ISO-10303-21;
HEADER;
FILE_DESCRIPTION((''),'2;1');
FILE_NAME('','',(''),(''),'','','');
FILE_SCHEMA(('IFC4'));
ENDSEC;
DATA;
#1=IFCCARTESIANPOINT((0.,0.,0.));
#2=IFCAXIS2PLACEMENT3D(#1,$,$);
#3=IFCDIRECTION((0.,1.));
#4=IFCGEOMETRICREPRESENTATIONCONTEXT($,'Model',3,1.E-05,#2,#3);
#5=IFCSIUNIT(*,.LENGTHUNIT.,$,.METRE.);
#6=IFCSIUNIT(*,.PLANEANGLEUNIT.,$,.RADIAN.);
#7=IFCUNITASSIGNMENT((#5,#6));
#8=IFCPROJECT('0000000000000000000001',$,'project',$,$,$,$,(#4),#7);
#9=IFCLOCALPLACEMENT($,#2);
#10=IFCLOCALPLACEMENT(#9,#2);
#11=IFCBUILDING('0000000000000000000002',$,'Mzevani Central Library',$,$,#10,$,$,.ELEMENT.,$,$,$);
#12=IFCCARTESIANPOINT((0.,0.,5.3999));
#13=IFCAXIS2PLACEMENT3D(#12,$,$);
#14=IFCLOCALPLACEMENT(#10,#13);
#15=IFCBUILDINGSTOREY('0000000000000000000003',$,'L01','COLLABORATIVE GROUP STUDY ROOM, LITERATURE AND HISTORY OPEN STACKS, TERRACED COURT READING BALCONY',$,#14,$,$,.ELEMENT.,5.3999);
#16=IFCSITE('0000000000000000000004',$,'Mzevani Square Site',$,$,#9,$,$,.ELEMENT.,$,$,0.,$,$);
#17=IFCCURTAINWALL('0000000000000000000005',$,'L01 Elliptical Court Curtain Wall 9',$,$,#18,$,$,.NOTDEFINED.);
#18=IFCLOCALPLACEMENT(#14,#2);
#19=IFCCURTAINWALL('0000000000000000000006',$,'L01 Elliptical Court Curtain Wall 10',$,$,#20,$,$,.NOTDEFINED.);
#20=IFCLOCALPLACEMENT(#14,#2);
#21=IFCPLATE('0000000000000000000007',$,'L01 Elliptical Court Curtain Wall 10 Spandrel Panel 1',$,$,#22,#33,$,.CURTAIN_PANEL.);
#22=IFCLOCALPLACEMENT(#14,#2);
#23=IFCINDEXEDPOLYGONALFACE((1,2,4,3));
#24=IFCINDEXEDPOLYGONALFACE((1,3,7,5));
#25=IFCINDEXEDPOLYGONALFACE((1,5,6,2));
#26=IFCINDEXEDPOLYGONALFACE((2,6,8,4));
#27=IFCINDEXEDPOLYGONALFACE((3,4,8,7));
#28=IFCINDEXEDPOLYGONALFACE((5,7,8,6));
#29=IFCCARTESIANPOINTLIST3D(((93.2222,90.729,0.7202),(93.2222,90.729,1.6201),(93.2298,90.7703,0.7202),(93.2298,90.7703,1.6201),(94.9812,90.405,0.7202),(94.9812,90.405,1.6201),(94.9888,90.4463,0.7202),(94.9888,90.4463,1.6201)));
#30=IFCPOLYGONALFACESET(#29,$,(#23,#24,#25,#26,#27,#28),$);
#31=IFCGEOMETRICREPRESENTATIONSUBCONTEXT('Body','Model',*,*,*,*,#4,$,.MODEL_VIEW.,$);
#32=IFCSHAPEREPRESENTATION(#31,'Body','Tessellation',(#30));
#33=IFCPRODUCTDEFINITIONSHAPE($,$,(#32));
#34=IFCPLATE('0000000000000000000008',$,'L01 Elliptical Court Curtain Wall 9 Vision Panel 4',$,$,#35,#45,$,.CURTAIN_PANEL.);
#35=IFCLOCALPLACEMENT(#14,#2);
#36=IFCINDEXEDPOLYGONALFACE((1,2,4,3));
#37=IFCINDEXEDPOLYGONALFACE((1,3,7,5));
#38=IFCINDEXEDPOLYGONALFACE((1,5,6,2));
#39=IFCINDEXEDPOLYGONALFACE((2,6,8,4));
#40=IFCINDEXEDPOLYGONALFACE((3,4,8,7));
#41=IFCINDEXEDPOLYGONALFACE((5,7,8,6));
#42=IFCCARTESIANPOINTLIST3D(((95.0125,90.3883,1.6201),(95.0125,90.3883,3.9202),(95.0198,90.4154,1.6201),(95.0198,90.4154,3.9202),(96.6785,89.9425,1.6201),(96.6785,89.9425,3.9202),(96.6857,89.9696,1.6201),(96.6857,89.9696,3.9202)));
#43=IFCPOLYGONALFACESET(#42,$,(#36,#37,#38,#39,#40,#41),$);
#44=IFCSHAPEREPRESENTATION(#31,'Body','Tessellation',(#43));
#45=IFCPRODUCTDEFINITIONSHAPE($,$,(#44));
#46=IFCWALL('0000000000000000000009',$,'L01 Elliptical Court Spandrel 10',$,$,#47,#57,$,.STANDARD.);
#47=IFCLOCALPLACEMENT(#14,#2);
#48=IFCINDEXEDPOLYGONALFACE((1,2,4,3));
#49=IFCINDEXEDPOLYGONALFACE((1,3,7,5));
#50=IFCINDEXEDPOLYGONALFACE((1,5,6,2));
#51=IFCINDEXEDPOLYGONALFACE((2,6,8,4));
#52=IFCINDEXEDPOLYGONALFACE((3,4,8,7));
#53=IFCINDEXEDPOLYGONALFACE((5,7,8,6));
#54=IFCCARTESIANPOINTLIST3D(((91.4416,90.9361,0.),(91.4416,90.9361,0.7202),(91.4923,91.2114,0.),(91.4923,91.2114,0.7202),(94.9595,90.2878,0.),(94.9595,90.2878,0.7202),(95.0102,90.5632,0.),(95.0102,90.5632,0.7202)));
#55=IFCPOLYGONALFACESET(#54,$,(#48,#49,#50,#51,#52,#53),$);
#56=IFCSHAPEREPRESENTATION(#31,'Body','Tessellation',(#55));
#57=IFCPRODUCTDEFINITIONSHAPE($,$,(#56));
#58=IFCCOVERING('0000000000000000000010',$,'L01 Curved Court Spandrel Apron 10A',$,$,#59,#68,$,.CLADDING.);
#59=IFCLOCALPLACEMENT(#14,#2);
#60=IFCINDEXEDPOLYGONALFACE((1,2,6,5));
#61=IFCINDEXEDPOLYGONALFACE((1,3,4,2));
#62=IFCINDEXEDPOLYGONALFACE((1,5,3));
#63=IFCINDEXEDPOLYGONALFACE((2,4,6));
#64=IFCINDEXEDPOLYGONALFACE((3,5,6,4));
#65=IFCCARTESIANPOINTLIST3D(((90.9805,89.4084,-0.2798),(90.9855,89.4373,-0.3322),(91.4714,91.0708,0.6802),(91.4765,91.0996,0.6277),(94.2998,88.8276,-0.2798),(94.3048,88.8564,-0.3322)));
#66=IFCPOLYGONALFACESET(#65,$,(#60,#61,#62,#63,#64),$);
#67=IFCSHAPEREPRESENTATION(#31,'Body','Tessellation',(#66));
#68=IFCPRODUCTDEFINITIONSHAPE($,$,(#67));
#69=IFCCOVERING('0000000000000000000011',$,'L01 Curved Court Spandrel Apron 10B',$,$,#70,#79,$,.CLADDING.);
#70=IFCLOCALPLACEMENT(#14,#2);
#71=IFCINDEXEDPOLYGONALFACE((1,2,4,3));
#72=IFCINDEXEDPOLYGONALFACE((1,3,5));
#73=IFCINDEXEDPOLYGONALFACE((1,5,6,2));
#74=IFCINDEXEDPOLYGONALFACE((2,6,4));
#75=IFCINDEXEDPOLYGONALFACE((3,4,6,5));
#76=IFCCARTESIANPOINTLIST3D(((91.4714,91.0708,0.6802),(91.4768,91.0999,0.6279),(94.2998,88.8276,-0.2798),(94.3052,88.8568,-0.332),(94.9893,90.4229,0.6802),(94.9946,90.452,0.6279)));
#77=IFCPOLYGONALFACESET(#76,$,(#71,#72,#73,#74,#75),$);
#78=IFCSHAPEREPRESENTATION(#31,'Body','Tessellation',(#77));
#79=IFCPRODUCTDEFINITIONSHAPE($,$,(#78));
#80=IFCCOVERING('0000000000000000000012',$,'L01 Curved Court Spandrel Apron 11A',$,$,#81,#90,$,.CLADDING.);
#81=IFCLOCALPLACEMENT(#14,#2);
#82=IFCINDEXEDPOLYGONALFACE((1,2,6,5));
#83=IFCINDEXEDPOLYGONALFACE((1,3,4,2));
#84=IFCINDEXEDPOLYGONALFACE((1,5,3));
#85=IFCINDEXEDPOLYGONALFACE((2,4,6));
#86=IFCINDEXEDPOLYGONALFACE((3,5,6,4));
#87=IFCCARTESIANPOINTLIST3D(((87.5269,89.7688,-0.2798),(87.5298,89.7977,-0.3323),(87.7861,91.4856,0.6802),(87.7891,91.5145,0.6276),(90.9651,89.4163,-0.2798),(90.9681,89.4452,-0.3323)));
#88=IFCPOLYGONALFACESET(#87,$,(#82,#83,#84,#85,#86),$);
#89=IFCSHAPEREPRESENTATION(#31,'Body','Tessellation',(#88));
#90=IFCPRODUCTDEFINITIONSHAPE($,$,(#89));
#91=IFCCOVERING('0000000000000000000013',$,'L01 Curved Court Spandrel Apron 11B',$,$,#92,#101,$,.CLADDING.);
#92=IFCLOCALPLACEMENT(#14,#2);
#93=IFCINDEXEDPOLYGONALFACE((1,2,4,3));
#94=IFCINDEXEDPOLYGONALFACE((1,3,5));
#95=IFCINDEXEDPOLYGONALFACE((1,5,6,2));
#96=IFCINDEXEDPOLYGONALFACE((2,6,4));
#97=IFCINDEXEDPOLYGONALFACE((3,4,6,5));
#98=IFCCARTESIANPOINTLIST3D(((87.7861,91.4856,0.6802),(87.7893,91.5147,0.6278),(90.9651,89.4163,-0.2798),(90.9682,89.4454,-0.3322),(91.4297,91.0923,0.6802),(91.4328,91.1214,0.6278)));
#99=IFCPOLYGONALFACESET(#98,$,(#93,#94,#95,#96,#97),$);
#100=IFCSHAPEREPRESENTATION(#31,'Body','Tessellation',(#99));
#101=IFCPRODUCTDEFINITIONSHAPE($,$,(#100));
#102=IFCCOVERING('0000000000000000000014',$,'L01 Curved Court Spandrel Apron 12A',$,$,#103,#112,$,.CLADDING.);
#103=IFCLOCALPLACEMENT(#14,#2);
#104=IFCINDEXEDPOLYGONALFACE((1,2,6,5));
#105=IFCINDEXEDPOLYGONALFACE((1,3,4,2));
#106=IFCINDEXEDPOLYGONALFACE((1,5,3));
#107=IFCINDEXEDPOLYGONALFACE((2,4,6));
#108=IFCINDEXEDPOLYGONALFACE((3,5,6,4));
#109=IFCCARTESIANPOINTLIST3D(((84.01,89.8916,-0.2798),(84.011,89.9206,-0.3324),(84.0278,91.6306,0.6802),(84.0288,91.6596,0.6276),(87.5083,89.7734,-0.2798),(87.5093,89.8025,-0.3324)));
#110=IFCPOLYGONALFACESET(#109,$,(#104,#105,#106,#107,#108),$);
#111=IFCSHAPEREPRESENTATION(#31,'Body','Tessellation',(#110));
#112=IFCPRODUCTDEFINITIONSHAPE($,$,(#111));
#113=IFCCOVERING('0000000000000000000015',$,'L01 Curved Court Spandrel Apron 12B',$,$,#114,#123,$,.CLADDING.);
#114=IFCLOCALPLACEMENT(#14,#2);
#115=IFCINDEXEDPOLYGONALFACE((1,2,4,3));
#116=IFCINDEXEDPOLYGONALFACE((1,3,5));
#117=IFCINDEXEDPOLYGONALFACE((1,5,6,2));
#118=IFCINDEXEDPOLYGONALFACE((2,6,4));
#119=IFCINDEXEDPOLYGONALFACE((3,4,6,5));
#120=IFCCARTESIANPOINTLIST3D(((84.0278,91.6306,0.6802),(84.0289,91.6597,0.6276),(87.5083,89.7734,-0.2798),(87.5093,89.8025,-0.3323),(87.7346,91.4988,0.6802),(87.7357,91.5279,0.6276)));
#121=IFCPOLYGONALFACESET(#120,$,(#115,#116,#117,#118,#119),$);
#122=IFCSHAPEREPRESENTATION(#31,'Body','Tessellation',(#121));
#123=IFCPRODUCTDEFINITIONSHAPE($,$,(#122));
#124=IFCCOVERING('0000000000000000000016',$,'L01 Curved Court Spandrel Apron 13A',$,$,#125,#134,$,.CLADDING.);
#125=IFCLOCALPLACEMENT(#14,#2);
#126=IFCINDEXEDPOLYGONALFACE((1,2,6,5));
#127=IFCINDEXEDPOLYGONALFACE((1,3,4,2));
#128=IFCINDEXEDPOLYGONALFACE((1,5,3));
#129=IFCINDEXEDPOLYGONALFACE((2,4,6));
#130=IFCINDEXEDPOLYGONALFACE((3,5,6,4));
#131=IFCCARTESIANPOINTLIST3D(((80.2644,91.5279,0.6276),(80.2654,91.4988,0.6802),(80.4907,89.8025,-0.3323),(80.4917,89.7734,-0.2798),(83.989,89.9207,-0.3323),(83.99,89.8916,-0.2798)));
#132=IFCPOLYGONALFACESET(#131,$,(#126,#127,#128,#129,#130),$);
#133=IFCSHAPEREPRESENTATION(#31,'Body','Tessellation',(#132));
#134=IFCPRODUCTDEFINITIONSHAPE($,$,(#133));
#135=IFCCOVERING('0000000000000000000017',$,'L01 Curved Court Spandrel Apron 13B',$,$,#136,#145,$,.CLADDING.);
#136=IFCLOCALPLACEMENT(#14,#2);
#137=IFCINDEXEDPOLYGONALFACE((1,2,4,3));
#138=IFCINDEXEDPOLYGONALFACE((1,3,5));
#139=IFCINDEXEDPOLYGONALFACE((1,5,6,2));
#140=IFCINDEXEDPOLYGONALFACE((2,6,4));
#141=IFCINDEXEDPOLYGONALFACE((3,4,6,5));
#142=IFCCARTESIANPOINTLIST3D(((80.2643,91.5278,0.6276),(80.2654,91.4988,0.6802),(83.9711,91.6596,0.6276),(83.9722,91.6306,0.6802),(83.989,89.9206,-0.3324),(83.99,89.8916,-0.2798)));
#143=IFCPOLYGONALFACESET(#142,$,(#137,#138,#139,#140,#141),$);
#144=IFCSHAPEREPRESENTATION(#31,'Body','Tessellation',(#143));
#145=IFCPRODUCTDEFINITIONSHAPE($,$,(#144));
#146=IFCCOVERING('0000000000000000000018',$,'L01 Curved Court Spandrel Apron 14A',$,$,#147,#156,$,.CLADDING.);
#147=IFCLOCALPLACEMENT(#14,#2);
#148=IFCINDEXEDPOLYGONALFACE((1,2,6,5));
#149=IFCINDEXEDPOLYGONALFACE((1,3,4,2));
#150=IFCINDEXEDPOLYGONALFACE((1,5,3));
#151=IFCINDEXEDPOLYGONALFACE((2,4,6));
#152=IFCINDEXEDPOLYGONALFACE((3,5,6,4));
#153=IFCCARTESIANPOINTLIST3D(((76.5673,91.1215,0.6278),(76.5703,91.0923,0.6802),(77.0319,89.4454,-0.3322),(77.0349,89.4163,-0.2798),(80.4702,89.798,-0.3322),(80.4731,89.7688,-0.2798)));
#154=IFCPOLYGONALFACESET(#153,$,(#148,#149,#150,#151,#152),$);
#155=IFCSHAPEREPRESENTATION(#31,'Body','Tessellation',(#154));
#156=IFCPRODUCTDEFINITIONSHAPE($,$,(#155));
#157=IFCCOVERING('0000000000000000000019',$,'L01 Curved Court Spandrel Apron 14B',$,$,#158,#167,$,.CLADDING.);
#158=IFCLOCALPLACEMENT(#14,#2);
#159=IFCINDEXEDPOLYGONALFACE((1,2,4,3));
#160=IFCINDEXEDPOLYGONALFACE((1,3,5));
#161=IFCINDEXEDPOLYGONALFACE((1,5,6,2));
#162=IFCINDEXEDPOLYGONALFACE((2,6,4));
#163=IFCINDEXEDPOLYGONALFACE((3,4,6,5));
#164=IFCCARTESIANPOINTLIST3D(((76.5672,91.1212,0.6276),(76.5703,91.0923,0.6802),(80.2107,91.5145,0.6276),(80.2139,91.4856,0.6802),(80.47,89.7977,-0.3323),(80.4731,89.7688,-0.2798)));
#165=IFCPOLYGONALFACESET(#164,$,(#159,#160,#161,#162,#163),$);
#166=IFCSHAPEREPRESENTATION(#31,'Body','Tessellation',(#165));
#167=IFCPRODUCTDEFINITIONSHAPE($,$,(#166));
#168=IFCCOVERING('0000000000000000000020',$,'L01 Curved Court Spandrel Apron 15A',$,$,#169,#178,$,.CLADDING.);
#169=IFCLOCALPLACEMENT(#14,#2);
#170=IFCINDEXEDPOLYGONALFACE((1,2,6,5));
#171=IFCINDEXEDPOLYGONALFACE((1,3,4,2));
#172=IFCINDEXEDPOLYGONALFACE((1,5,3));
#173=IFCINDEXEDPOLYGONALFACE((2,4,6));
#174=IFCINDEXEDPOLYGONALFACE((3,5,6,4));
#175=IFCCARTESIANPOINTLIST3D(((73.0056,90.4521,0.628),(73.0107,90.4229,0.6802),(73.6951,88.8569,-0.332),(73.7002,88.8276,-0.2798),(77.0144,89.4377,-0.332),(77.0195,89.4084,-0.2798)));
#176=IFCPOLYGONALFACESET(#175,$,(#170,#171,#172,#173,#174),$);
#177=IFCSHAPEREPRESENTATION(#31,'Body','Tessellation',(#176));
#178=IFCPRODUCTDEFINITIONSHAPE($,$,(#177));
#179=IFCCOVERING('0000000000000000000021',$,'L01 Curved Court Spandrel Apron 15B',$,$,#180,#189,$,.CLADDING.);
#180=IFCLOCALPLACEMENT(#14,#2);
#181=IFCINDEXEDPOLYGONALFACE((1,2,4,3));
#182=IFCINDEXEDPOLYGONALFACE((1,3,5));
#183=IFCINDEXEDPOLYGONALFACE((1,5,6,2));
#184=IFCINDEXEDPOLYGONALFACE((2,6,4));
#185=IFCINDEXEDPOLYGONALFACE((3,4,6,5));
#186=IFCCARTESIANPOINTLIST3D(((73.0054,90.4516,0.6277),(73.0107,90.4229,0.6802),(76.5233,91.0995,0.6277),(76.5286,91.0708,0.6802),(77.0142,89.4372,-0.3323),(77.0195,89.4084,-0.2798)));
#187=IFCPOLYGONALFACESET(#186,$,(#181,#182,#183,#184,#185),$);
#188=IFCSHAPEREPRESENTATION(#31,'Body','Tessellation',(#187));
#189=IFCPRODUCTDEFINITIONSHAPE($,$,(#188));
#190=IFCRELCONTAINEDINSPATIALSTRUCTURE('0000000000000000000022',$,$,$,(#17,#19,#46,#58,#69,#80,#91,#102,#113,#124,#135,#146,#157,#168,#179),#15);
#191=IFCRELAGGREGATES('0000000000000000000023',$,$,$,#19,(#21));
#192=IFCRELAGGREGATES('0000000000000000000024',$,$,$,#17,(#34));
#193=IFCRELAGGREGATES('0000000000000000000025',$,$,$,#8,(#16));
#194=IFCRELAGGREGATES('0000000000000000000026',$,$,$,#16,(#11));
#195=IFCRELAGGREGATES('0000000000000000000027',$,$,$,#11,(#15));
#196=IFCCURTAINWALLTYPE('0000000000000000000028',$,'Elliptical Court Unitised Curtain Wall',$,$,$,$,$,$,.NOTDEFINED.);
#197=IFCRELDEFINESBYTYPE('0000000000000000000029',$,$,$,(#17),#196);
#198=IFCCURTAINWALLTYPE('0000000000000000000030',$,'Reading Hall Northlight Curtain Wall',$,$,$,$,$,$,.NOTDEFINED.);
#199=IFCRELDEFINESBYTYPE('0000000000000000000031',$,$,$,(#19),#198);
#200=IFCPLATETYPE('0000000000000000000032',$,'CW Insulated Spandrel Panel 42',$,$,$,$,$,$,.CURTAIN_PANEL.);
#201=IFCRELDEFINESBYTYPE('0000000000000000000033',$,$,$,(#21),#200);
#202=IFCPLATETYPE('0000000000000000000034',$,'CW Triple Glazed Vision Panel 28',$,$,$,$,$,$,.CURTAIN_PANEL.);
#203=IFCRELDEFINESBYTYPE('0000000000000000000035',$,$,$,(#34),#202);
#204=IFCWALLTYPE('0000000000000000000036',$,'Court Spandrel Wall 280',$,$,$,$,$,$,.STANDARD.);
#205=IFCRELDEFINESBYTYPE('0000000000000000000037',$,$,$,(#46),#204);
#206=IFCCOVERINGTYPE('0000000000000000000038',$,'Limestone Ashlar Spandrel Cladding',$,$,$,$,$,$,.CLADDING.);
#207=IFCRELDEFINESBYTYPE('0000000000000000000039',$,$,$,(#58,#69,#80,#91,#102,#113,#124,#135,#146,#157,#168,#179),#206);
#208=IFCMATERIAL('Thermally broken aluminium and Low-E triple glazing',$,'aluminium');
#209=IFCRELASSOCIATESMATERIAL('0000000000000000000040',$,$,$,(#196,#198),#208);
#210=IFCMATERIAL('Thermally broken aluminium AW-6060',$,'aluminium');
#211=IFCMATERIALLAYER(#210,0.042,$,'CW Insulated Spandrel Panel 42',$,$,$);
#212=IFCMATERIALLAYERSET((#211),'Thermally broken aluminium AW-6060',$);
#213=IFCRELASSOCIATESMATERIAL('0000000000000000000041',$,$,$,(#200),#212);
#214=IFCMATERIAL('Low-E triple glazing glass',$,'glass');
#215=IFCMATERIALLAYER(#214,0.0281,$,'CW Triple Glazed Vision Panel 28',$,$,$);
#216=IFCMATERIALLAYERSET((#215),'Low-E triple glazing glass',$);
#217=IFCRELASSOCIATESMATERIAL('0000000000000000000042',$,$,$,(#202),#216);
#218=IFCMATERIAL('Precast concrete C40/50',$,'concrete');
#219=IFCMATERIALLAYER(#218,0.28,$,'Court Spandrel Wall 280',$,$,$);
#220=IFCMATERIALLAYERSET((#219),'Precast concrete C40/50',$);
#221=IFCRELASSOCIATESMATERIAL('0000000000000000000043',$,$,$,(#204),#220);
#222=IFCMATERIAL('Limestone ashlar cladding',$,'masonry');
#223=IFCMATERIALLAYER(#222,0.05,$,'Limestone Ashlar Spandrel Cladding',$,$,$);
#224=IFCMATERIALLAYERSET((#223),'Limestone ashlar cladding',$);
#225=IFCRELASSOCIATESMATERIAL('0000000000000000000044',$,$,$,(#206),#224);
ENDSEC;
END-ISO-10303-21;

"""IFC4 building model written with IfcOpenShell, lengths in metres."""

from ifc_helpers import new_model, si_unit, direction, frame, frame_2d, origin, origin_2d, place, context, subcontext, project, spatial, polyline, rectangle, outline, extrude, material, layer, layer_set, type_object, element, aggregate, save


model = new_model("IFC4")

# Units and contexts
model_context = context("Model", 3, precision=1e-05, world=origin(), true_north=direction((0.0, 1.0)))
body_context = subcontext(model_context, "Body", "Model", "MODEL_VIEW")
ifc_project = project(units=[si_unit("LENGTHUNIT", "METRE"), si_unit("PLANEANGLEUNIT", "RADIAN")], contexts=[model_context])

# Site, building, storey
site_placement = place(None, origin())
site = spatial("IfcSite", under=ifc_project, at=site_placement, Name="Mzevani Square Site", CompositionType="ELEMENT", RefElevation=0.0)
building_placement = place(site_placement, origin())
building = spatial("IfcBuilding", under=site, at=building_placement, Name="Mzevani Central Library", CompositionType="ELEMENT")
storey_placement = place(building_placement, frame((0.0, 0.0, 5.3999)))
storey = spatial("IfcBuildingStorey", under=building, at=storey_placement, Name="L01", Description="COLLABORATIVE GROUP STUDY ROOM, LITERATURE AND HISTORY OPEN STACKS, TERRACED COURT READING BALCONY", CompositionType="ELEMENT", Elevation=5.3999)

# Curtain wall
ifc_material_1 = material(Name="Thermally broken aluminium and Low-E triple glazing", Category="aluminium")
curtain_wall_type_1 = type_object("IfcCurtainWallType", Name="Elliptical Court Unitised Curtain Wall", PredefinedType="NOTDEFINED", material=ifc_material_1)
curtain_wall_1_placement = place(storey_placement, origin())
curtain_wall_1 = element("IfcCurtainWall", 1, at=curtain_wall_1_placement, inside=storey, type_object=curtain_wall_type_1, Name="L01 Elliptical Court Curtain Wall 9", PredefinedType="NOTDEFINED")
ifc_material_2 = material(Name="Thermally broken aluminium AW-6060", Category="aluminium")

# Curtain wall
curtain_wall_type_2 = type_object("IfcCurtainWallType", Name="Reading Hall Northlight Curtain Wall", PredefinedType="NOTDEFINED", material=ifc_material_1)
curtain_wall_2_placement = place(storey_placement, origin())
curtain_wall_2 = element("IfcCurtainWall", 2, at=curtain_wall_2_placement, inside=storey, type_object=curtain_wall_type_2, Name="L01 Elliptical Court Curtain Wall 10", PredefinedType="NOTDEFINED")

# Plates
ifc_layer_1 = layer(ifc_material_2, 0.042, Name="CW Insulated Spandrel Panel 42")
ifc_layer_set_1 = layer_set([ifc_layer_1], Name="Thermally broken aluminium AW-6060")
plate_type_1 = type_object("IfcPlateType", Name="CW Insulated Spandrel Panel 42", PredefinedType="CURTAIN_PANEL", material=ifc_layer_set_1)
plate_1_placement = place(storey_placement, frame((94.1055, 90.5876, 0.7202), z_axis=(0.0, 0.0, 1.0), x_axis=(-0.983449, 0.181185, 0.0)))
plate_1 = element("IfcPlate", 3, at=plate_1_placement, type_object=plate_type_1, Name="L01 Elliptical Court Curtain Wall 10 Spandrel Panel 1", PredefinedType="CURTAIN_PANEL", context=body_context, shape_type="SweptSolid", body=[
    extrude(rectangle(XDim=1.7886, YDim=0.042, at=origin_2d()), origin(), (0.0, 0.0, 1.0), 0.8999),
])
aggregate(curtain_wall_2, [plate_1])
ifc_material_3 = material(Name="Low-E triple glazing glass", Category="glass")
ifc_layer_2 = layer(ifc_material_3, 0.0281, Name="CW Triple Glazed Vision Panel 28")
ifc_layer_set_2 = layer_set([ifc_layer_2], Name="Low-E triple glazing glass")
plate_type_2 = type_object("IfcPlateType", Name="CW Triple Glazed Vision Panel 28", PredefinedType="CURTAIN_PANEL", material=ifc_layer_set_2)
plate_2_placement = place(storey_placement, frame((95.8491, 90.179, 1.6201), z_axis=(0.0, 0.0, 1.0), x_axis=(-0.966009, 0.258507, 0.0)))
plate_2 = element("IfcPlate", 4, at=plate_2_placement, type_object=plate_type_2, Name="L01 Elliptical Court Curtain Wall 9 Vision Panel 4", PredefinedType="CURTAIN_PANEL", context=body_context, shape_type="SweptSolid", body=[
    extrude(rectangle(XDim=1.7246, YDim=0.0281, at=origin_2d()), origin(), (0.0, 0.0, 1.0), 2.3),
])
aggregate(curtain_wall_1, [plate_2])

# Wall
ifc_material_4 = material(Name="Precast concrete C40/50", Category="concrete")
ifc_layer_3 = layer(ifc_material_4, 0.28, Name="Court Spandrel Wall 280")
ifc_layer_set_3 = layer_set([ifc_layer_3], Name="Precast concrete C40/50")
wall_type = type_object("IfcWallType", Name="Court Spandrel Wall 280", PredefinedType="STANDARD", material=ifc_layer_set_3)
wall_placement = place(storey_placement, frame((94.9849, 90.4255, 0.0), z_axis=(0.0, 0.0, 1.0), x_axis=(-0.983445, 0.181209, 0.0)))
element("IfcWall", 5, at=wall_placement, inside=storey, type_object=wall_type, Name="L01 Elliptical Court Spandrel 10", PredefinedType="STANDARD", context=body_context, shape_type="SweptSolid", body=[
    extrude(rectangle(XDim=3.5771, YDim=0.28, at=frame_2d((1.7886, 0.0))), origin(), (0.0, 0.0, 1.0), 0.7202),
])

# Coverings
ifc_material_5 = material(Name="Limestone ashlar cladding", Category="masonry")
ifc_layer_4 = layer(ifc_material_5, 0.05, Name="Limestone Ashlar Spandrel Cladding")
ifc_layer_set_4 = layer_set([ifc_layer_4], Name="Limestone ashlar cladding")
covering_type = type_object("IfcCoveringType", Name="Limestone Ashlar Spandrel Cladding", PredefinedType="CLADDING", material=ifc_layer_set_4)
covering_1_placement = place(storey_placement, frame((94.2998, 88.8276, -0.2798), z_axis=(-0.083921, -0.479611, 0.873459), x_axis=(-0.985034, 0.172359, 0.0)))
element("IfcCovering", 6, at=covering_1_placement, inside=storey, type_object=covering_type, Name="L01 Curved Court Spandrel Apron 10A", PredefinedType="CLADDING", context=body_context, shape_type="SweptSolid", body=[
    extrude(outline(polyline([(0.0, 0.0), (3.3698, 0.0), (3.1727, -1.9716), (0.0, 0.0)])), origin(), (0.0, 0.0, -1.0), 0.0601),
])
covering_2_placement = place(storey_placement, frame((94.2998, 88.8276, -0.2798), z_axis=(-0.089319, -0.484929, 0.86998), x_axis=(-0.757186, 0.60052, 0.256992)))
element("IfcCovering", 7, at=covering_2_placement, inside=storey, type_object=covering_type, Name="L01 Curved Court Spandrel Apron 10B", PredefinedType="CLADDING", context=body_context, shape_type="SweptSolid", body=[
    extrude(outline(polyline([(0.0, 0.0), (3.7354, 0.0), (0.6826, -1.8643), (0.0, 0.0)])), origin(), (0.0, 0.0, -1.0), 0.0601),
])
covering_3_placement = place(storey_placement, frame((90.9651, 89.4163, -0.2798), z_axis=(-0.049397, -0.481755, 0.874913), x_axis=(-0.994784, 0.102, 0.0)))
element("IfcCovering", 8, at=covering_3_placement, inside=storey, type_object=covering_type, Name="L01 Curved Court Spandrel Apron 11A", PredefinedType="CLADDING", context=body_context, shape_type="SweptSolid", body=[
    extrude(outline(polyline([(0.0, 0.0), (3.4563, 0.0), (3.3734, -1.9822), (0.0, 0.0)])), origin(), (0.0, 0.0, -1.0), 0.0601),
])
covering_4_placement = place(storey_placement, frame((90.9651, 89.4163, -0.2798), z_axis=(-0.052392, -0.485352, 0.872748), x_axis=(-0.812465, 0.528873, 0.245343)))
element("IfcCovering", 9, at=covering_4_placement, inside=storey, type_object=covering_type, Name="L01 Curved Court Spandrel Apron 11B", PredefinedType="CLADDING", context=body_context, shape_type="SweptSolid", body=[
    extrude(outline(polyline([(0.0, 0.0), (3.9127, 0.0), (0.7445, -1.8418), (0.0, 0.0)])), origin(), (0.0, 0.0, -1.0), 0.0601),
])
covering_5_placement = place(storey_placement, frame((87.5083, 89.7734, -0.2798), z_axis=(-0.016317, -0.48308, 0.875424), x_axis=(-0.99943, 0.033758, 0.0)))
element("IfcCovering", 10, at=covering_5_placement, inside=storey, type_object=covering_type, Name="L01 Curved Court Spandrel Apron 12A", PredefinedType="CLADDING", context=body_context, shape_type="SweptSolid", body=[
    extrude(outline(polyline([(0.0, 0.0), (3.5003, 0.0), (3.5412, -1.986), (0.0, 0.0)])), origin(), (0.0, 0.0, -1.0), 0.0601),
])
covering_6_placement = place(storey_placement, frame((87.5083, 89.7734, -0.2798), z_axis=(-0.017228, -0.4844, 0.874677), x_axis=(-0.85724, 0.457423, 0.236439)))
element("IfcCovering", 11, at=covering_6_placement, inside=storey, type_object=covering_type, Name="L01 Curved Court Spandrel Apron 12B", PredefinedType="CLADDING", context=body_context, shape_type="SweptSolid", body=[
    extrude(outline(polyline([(0.0, 0.0), (4.0601, 0.0), (0.8222, -1.8093), (0.0, 0.0)])), origin(), (0.0, 0.0, -1.0), 0.0601),
])
covering_7_placement = place(storey_placement, frame((83.99, 89.8916, -0.2798), z_axis=(0.016365, -0.484494, 0.874641), x_axis=(-0.99943, -0.033758, 0.0)))
element("IfcCovering", 12, at=covering_7_placement, inside=storey, type_object=covering_type, Name="L01 Curved Court Spandrel Apron 13A", PredefinedType="CLADDING", context=body_context, shape_type="SweptSolid", body=[
    extrude(outline(polyline([(0.0, 0.0), (3.5003, 0.0), (3.6682, -1.9802), (0.0, 0.0)])), origin(), (0.0, 0.0, -1.0), 0.0601),
])
covering_8_placement = place(storey_placement, frame((83.99, 89.8916, -0.2798), z_axis=(0.017181, -0.483066, 0.875415), x_axis=(-0.893491, 0.385543, 0.230284)))
element("IfcCovering", 13, at=covering_8_placement, inside=storey, type_object=covering_type, Name="L01 Curved Court Spandrel Apron 13B", PredefinedType="CLADDING", context=body_context, shape_type="SweptSolid", body=[
    extrude(outline(polyline([(0.0, 0.0), (4.1686, 0.0), (0.9075, -1.7671), (0.0, 0.0)])), origin(), (0.0, 0.0, -1.0), 0.0601),
])
covering_9_placement = place(storey_placement, frame((80.4731, 89.7688, -0.2798), z_axis=(0.049828, -0.485956, 0.872562), x_axis=(-0.994784, -0.102, 0.0)))
element("IfcCovering", 14, at=covering_9_placement, inside=storey, type_object=covering_type, Name="L01 Curved Court Spandrel Apron 14A", PredefinedType="CLADDING", context=body_context, shape_type="SweptSolid", body=[
    extrude(outline(polyline([(0.0, 0.0), (3.4563, 0.0), (3.7475, -1.9651), (0.0, 0.0)])), origin(), (0.0, 0.0, -1.0), 0.0601),
])
covering_10_placement = place(storey_placement, frame((80.4731, 89.7688, -0.2798), z_axis=(0.051965, -0.481394, 0.874962), x_axis=(-0.922337, 0.312773, 0.226863)))
element("IfcCovering", 15, at=covering_10_placement, inside=storey, type_object=covering_type, Name="L01 Curved Court Spandrel Apron 14B", PredefinedType="CLADDING", context=body_context, shape_type="SweptSolid", body=[
    extrude(outline(polyline([(0.0, 0.0), (4.2315, 0.0), (0.9939, -1.7171), (0.0, 0.0)])), origin(), (0.0, 0.0, -1.0), 0.0601),
])
covering_11_placement = place(storey_placement, frame((77.0195, 89.4084, -0.2798), z_axis=(0.085123, -0.486476, 0.869537), x_axis=(-0.985034, -0.172359, 0.0)))
element("IfcCovering", 16, at=covering_11_placement, inside=storey, type_object=covering_type, Name="L01 Curved Court Spandrel Apron 15A", PredefinedType="CLADDING", context=body_context, shape_type="SweptSolid", body=[
    extrude(outline(polyline([(0.0, 0.0), (3.3698, 0.0), (3.774, -1.9438), (0.0, 0.0)])), origin(), (0.0, 0.0, -1.0), 0.0601),
])
covering_12_placement = place(storey_placement, frame((77.0195, 89.4084, -0.2798), z_axis=(0.088132, -0.478485, 0.873662), x_axis=(-0.944332, 0.238958, 0.226134)))
element("IfcCovering", 17, at=covering_12_placement, inside=storey, type_object=covering_type, Name="L01 Curved Court Spandrel Apron 15B", PredefinedType="CLADDING", context=body_context, shape_type="SweptSolid", body=[
    extrude(outline(polyline([(0.0, 0.0), (4.2451, 0.0), (1.0779, -1.6625), (0.0, 0.0)])), origin(), (0.0, 0.0, -1.0), 0.0601),
])

save(model, "model.ifc")
